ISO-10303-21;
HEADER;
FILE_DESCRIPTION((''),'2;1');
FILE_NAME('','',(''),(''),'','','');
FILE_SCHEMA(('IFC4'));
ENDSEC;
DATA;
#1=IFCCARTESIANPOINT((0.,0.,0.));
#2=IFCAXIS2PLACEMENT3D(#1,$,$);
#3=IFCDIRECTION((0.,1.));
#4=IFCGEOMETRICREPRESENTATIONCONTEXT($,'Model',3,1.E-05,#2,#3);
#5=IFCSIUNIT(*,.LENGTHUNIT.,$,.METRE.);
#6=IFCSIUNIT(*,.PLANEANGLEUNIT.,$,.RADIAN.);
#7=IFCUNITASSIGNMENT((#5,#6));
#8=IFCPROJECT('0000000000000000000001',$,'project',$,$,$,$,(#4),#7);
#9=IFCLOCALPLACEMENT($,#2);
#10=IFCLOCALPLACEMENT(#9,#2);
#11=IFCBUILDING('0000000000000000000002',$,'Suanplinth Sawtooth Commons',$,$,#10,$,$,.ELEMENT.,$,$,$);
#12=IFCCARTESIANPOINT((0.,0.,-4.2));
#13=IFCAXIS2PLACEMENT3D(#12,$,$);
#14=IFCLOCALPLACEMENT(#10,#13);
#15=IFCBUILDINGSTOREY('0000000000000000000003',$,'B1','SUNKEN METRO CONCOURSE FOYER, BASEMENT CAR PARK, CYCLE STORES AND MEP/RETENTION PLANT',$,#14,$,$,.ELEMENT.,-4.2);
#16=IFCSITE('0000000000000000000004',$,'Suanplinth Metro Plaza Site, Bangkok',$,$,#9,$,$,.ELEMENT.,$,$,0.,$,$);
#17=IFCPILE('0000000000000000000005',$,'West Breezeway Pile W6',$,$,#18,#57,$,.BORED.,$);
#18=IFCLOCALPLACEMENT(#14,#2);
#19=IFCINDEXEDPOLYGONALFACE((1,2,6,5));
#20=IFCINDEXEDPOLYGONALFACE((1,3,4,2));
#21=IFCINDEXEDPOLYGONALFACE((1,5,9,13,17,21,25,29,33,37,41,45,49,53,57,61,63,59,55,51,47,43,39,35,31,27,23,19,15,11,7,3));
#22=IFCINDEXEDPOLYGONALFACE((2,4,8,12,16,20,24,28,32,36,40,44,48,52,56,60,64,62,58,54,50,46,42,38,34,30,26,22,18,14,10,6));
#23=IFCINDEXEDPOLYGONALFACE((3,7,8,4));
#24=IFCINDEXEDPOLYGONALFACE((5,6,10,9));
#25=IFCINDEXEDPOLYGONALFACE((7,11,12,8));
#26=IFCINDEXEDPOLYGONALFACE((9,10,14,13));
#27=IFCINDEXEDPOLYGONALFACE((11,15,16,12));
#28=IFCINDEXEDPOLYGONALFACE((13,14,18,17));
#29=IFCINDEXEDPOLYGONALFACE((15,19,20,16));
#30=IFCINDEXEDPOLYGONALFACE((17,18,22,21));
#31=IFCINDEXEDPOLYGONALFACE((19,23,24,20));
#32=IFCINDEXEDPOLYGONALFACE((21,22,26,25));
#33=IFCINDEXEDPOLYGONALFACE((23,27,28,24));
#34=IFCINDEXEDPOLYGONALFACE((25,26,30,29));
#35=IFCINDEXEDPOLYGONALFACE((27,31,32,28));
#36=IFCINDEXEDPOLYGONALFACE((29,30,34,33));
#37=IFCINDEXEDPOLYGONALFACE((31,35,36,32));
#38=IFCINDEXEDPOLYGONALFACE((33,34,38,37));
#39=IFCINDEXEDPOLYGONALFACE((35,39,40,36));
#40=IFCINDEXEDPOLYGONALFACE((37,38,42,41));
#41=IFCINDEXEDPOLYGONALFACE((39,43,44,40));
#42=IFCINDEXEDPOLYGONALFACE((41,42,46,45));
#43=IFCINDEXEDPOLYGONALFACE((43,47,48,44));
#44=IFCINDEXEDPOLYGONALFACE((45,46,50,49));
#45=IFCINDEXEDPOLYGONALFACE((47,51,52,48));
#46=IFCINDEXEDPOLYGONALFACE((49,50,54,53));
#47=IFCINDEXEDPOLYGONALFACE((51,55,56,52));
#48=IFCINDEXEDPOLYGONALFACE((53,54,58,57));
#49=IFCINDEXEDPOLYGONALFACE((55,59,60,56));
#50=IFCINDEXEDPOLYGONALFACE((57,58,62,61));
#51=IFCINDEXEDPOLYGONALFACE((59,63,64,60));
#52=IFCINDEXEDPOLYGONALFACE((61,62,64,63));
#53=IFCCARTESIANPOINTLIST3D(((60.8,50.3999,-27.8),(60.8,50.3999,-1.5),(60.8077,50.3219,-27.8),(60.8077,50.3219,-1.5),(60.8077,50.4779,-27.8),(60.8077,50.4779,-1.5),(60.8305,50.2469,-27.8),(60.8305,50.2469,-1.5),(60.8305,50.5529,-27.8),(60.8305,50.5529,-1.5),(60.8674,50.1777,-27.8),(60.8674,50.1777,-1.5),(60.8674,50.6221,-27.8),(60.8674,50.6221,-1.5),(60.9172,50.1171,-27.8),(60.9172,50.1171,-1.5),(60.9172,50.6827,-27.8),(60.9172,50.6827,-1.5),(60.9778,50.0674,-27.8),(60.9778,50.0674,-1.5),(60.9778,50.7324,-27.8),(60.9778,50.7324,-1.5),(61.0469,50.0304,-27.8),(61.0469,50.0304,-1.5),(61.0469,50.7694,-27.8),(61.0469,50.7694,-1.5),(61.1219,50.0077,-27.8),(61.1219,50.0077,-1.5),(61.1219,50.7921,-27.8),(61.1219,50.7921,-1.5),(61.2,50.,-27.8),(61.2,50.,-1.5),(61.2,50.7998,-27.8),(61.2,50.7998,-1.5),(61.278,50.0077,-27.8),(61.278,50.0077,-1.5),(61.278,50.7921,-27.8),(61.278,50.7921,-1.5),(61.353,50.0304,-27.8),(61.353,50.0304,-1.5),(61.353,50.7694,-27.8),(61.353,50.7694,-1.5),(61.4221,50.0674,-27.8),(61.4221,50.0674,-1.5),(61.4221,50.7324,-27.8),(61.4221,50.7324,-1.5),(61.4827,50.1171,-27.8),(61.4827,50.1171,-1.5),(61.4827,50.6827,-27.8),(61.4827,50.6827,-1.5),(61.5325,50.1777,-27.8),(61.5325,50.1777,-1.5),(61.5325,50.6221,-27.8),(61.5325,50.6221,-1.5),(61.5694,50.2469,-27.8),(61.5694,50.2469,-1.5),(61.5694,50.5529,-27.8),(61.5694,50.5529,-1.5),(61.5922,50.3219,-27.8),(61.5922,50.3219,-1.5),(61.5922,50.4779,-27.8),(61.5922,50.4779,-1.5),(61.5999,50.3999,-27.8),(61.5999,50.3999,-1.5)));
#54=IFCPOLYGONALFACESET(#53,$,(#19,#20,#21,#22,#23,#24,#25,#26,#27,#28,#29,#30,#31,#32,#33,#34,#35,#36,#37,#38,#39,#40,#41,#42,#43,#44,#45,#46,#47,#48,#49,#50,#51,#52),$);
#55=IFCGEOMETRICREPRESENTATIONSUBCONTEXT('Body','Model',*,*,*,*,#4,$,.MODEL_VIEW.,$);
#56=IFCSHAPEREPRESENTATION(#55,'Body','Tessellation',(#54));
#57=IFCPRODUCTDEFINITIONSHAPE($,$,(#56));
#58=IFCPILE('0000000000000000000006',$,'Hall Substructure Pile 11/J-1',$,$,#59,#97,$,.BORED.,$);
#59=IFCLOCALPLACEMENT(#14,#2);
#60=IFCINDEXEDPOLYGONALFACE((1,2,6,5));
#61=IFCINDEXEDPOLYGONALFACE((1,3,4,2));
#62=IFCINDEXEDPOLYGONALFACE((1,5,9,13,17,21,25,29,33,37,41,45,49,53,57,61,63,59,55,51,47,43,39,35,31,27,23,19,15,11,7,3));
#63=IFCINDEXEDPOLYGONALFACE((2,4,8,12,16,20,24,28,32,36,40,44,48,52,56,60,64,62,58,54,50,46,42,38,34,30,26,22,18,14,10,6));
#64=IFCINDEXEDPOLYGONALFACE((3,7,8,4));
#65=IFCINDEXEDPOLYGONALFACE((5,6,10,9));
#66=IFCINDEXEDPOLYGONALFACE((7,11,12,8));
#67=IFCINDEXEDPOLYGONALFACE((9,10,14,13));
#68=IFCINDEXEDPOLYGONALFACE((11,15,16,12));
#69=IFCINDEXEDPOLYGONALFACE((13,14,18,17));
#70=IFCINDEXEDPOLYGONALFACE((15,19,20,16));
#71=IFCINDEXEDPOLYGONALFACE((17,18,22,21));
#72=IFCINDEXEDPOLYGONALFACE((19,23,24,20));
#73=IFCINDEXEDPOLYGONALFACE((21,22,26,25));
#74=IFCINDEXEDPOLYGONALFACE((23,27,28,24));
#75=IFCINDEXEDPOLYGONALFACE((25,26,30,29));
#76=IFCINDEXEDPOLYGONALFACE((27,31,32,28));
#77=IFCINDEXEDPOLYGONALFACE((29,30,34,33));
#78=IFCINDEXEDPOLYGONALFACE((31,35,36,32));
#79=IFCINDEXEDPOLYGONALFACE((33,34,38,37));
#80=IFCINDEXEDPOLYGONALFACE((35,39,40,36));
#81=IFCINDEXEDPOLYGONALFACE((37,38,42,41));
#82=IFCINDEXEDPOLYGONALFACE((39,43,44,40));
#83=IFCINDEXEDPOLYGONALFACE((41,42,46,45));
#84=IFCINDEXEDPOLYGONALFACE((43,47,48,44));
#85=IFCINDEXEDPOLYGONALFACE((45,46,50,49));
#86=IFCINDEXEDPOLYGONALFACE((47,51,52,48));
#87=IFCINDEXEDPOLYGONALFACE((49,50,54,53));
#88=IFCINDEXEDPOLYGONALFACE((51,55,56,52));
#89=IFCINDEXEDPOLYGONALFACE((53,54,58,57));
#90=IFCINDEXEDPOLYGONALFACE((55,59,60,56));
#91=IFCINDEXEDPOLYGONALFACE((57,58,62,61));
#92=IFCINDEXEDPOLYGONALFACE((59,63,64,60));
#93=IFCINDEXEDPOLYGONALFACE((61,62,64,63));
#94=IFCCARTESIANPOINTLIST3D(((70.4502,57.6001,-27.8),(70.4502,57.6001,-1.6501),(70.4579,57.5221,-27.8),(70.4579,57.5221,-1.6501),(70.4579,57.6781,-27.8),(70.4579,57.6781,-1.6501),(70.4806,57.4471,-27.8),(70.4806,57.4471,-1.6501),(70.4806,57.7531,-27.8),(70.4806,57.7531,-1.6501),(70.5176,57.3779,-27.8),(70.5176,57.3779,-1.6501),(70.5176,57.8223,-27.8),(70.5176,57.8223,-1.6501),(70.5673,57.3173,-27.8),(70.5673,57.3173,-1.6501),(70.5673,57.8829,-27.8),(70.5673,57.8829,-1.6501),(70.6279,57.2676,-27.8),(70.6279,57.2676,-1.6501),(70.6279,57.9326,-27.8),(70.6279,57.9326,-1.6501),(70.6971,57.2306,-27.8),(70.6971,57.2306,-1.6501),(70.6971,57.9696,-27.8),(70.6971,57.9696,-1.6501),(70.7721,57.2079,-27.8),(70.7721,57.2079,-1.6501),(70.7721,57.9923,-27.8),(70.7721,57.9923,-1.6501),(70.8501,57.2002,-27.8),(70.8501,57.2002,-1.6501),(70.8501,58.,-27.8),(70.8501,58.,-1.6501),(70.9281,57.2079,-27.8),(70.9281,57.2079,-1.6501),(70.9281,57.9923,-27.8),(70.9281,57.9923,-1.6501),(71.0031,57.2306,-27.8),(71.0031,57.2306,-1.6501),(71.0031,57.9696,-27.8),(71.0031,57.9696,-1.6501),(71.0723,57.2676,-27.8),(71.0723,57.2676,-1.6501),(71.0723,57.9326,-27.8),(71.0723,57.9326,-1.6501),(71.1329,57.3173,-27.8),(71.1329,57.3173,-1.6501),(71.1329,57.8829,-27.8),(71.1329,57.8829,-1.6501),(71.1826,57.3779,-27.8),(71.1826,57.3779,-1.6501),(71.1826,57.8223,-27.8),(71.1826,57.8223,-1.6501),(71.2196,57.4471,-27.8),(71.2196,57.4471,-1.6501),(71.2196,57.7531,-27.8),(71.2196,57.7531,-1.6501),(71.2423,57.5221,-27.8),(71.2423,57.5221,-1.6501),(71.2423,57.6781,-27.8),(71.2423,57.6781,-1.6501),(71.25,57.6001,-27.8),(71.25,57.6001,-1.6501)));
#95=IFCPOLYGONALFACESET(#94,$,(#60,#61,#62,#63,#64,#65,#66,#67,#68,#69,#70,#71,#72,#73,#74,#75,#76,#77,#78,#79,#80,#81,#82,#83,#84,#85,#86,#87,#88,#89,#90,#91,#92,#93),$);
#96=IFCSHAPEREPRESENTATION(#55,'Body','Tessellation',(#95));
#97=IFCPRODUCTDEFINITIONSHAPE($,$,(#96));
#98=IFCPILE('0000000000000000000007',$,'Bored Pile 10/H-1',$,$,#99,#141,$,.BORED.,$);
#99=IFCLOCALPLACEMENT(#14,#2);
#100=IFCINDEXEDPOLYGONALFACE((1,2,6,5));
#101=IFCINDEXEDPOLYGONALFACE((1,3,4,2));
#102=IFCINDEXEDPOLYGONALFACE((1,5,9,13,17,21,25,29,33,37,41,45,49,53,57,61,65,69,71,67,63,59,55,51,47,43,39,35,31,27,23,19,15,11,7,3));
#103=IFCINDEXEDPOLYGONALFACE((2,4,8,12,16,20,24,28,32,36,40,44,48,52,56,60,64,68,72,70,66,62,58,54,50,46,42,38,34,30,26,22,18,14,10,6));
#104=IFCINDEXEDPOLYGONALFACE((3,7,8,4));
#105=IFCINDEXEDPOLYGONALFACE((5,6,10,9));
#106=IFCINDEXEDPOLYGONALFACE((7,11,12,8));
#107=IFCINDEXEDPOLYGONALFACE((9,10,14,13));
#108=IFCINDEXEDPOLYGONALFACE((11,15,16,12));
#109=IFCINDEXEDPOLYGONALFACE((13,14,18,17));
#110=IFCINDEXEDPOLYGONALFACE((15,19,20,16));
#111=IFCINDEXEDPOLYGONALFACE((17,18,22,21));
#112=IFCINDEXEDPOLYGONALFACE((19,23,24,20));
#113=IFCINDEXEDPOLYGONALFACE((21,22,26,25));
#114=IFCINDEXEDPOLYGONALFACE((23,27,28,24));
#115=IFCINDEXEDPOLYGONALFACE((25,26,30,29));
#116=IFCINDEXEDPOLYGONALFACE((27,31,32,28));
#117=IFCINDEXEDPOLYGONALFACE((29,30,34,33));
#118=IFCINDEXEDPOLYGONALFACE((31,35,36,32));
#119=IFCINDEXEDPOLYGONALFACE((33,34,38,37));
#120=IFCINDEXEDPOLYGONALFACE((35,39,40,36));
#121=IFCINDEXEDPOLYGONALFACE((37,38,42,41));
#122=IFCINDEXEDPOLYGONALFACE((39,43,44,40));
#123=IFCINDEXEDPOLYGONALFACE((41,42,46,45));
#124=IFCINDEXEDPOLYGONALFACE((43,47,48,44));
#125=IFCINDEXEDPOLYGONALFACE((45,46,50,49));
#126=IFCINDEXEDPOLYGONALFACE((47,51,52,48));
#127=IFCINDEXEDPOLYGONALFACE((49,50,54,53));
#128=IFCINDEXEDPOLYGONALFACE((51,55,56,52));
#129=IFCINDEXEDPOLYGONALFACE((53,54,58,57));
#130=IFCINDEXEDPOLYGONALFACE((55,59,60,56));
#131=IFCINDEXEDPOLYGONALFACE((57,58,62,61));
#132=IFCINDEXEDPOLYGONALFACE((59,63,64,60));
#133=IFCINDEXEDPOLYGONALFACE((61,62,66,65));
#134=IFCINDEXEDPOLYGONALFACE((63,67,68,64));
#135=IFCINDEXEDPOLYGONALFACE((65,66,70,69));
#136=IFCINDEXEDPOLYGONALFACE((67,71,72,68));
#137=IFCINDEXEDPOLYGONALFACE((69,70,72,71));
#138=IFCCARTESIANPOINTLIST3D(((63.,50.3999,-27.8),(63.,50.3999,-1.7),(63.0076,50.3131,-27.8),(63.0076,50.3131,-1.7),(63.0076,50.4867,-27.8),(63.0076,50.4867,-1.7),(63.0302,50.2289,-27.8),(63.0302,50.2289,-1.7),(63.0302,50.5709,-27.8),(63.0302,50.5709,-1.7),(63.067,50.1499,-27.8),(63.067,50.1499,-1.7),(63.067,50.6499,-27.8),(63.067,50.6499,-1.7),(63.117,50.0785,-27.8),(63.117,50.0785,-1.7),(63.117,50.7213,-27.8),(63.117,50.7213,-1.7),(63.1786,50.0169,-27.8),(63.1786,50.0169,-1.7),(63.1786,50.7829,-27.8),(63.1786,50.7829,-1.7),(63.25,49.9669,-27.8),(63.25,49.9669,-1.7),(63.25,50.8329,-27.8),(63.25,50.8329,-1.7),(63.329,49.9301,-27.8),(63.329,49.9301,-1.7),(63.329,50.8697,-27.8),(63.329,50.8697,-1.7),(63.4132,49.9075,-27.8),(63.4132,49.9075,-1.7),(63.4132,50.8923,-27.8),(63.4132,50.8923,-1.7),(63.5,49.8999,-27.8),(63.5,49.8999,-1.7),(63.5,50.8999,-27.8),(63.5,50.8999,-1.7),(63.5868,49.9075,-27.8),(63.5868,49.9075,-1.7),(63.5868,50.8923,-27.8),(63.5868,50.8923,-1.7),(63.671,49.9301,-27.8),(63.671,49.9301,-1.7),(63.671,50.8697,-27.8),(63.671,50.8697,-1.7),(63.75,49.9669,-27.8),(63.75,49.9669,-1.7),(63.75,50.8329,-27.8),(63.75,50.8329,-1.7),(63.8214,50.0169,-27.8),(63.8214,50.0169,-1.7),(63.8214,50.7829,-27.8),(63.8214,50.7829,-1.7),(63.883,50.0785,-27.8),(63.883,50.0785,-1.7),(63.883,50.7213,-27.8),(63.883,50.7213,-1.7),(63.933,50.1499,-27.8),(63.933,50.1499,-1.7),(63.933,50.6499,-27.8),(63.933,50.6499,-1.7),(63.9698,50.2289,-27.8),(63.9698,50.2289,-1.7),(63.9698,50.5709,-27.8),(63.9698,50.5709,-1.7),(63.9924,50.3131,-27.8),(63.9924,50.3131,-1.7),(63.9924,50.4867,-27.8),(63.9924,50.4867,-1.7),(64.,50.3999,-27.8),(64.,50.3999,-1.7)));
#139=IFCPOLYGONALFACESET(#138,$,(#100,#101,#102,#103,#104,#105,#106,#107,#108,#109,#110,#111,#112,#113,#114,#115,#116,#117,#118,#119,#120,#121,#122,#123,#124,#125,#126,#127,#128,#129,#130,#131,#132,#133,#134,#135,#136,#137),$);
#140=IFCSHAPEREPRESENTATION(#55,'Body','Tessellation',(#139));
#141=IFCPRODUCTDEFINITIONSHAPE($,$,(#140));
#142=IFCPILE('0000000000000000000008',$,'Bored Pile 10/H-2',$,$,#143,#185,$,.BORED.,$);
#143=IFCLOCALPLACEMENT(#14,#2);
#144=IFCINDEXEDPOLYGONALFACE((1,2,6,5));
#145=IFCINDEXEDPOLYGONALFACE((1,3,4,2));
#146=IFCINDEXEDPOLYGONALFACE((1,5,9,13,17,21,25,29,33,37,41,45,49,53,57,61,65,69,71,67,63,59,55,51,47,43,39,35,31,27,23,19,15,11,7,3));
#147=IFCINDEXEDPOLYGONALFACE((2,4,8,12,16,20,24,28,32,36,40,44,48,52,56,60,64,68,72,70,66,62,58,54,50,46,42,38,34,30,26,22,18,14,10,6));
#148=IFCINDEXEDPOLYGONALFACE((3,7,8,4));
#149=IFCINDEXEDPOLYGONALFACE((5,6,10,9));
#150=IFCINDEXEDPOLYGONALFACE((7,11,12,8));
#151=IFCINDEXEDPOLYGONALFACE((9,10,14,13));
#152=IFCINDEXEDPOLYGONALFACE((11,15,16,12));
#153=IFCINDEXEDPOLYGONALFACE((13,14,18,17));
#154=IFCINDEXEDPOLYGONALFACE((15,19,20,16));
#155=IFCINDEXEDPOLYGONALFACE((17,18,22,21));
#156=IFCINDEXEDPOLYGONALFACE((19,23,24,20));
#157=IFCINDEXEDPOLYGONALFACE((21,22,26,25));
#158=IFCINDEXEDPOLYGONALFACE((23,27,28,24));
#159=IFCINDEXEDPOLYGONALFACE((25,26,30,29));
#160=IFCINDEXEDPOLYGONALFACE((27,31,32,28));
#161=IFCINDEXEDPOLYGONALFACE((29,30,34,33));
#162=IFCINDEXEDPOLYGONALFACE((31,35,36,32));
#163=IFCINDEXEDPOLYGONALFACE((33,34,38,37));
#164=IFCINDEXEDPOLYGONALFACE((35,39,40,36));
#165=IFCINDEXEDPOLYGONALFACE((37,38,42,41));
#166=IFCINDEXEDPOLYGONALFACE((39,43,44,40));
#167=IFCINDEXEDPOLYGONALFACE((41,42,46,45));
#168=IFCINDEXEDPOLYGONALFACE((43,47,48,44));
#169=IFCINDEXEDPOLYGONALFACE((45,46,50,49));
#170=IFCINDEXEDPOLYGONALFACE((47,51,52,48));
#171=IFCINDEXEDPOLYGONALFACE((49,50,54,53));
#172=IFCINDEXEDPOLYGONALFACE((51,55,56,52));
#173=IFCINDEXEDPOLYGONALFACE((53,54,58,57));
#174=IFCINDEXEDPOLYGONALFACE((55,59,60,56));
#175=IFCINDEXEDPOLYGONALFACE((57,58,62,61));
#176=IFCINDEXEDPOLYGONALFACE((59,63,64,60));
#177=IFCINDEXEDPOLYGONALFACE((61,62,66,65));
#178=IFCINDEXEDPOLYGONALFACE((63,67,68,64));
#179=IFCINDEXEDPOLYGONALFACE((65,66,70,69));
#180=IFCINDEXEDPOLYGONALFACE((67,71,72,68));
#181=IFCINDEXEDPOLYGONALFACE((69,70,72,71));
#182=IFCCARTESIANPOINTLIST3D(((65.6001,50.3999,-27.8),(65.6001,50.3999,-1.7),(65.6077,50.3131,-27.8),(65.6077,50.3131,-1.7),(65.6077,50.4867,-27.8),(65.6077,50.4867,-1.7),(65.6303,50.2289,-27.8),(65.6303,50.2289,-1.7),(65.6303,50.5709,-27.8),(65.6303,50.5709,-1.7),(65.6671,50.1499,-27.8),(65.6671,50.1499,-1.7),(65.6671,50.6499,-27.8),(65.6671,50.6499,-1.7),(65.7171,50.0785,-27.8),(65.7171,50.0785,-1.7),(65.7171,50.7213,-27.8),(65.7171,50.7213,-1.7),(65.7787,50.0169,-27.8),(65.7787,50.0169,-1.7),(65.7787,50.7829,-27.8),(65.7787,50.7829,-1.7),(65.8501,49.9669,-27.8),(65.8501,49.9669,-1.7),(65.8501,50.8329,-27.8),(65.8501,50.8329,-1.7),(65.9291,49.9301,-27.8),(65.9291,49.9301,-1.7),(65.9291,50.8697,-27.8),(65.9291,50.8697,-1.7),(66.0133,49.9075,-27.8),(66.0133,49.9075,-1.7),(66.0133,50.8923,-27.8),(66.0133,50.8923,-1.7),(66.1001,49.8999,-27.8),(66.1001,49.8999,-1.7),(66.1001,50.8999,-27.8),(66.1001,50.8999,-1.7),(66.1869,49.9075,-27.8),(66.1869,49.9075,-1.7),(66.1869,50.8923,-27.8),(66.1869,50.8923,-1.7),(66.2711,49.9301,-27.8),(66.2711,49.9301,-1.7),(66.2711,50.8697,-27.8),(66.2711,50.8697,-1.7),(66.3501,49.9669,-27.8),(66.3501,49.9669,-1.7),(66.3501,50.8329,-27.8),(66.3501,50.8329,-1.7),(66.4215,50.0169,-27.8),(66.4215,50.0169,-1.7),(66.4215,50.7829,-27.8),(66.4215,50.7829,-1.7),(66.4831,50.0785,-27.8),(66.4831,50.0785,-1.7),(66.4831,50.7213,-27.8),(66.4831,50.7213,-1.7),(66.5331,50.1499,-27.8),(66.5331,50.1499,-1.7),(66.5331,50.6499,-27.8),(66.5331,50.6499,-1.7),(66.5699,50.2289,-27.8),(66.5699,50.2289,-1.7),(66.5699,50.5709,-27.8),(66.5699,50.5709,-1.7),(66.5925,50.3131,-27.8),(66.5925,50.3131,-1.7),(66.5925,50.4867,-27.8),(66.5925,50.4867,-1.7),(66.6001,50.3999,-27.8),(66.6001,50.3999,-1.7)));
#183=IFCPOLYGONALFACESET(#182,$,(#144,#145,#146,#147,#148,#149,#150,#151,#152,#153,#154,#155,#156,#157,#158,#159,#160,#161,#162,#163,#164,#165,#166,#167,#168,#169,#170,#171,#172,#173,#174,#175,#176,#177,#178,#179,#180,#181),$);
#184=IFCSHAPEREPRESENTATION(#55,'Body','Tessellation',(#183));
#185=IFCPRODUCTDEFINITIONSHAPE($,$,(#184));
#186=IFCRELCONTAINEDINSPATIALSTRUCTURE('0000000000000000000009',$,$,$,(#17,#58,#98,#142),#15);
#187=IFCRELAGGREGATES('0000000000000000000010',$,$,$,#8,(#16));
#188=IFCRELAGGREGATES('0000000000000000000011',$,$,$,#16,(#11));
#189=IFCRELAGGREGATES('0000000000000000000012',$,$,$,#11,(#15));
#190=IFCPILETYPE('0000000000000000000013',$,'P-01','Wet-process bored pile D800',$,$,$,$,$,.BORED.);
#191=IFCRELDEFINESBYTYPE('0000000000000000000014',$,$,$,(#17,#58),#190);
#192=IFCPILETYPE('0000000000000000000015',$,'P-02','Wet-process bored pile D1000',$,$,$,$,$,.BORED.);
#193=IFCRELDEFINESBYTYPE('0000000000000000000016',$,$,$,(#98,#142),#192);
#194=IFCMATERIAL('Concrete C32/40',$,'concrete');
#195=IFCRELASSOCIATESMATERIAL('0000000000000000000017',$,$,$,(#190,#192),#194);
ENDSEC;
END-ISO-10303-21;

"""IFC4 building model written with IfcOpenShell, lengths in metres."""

from ifc_helpers import new_model, si_unit, direction, frame, origin, origin_2d, place, context, subcontext, project, spatial, circle, extrude, material, material_profile, profile_set, type_object, element, save


model = new_model("IFC4")

# Units and contexts
model_context = context("Model", 3, precision=1e-05, world=origin(), true_north=direction((0.0, 1.0)))
body_context = subcontext(model_context, "Body", "Model", "MODEL_VIEW")
ifc_project = project(units=[si_unit("LENGTHUNIT", "METRE"), si_unit("PLANEANGLEUNIT", "RADIAN")], contexts=[model_context])

# Site, building, storey
site_placement = place(None, origin())
site = spatial("IfcSite", under=ifc_project, at=site_placement, Name="Suanplinth Metro Plaza Site, Bangkok", CompositionType="ELEMENT", RefElevation=0.0)
building_placement = place(site_placement, origin())
building = spatial("IfcBuilding", under=site, at=building_placement, Name="Suanplinth Sawtooth Commons", CompositionType="ELEMENT")
storey_placement = place(building_placement, frame((0.0, 0.0, -4.2)))
storey = spatial("IfcBuildingStorey", under=building, at=storey_placement, Name="B1", Description="SUNKEN METRO CONCOURSE FOYER, BASEMENT CAR PARK, CYCLE STORES AND MEP/RETENTION PLANT", CompositionType="ELEMENT", Elevation=-4.2)

# Piles
ifc_material_1 = material(Name="Concrete C32/40", Category="concrete")
ifc_material_profile_1 = material_profile(ifc_material_1, circle(Radius=0.3999, at=origin_2d()), Name="PILE D800")
ifc_profile_set_1 = profile_set([ifc_material_profile_1], Name="Concrete C32/40")
pile_type_1 = type_object("IfcPileType", Name="P-01", Description="Wet-process bored pile D800", PredefinedType="BORED", material=ifc_profile_set_1)
for number, where, z_axis, x_axis, name in (
    (1, (61.2, 50.3999, -1.5), (0.0, 0.0, -1.0), (1.0, 0.0, 0.0), "West Breezeway Pile W6"),
):
    element("IfcPile", number, at=place(storey_placement, frame(where, z_axis=z_axis, x_axis=x_axis)), inside=storey, type_object=pile_type_1, Name=name, PredefinedType="BORED", context=body_context, shape_type="SweptSolid", body=[
        extrude(circle(Radius=0.3999, at=origin_2d()), origin(), (0.0, 0.0, 1.0), 26.3),
    ])
pile_placement = place(storey_placement, frame((70.8501, 57.6001, -1.6501), z_axis=(0.0, 0.0, -1.0), x_axis=(1.0, 0.0, 0.0)))
element("IfcPile", 2, at=pile_placement, inside=storey, type_object=pile_type_1, Name="Hall Substructure Pile 11/J-1", PredefinedType="BORED", context=body_context, shape_type="SweptSolid", body=[
    extrude(circle(Radius=0.3999, at=origin_2d()), origin(), (0.0, 0.0, 1.0), 26.1499),
])
ifc_material_profile_2 = material_profile(ifc_material_1, circle(Radius=0.5, at=origin_2d()), Name="PILE D1000")
ifc_profile_set_2 = profile_set([ifc_material_profile_2], Name="Concrete C32/40")
pile_type_2 = type_object("IfcPileType", Name="P-02", Description="Wet-process bored pile D1000", PredefinedType="BORED", material=ifc_profile_set_2)
for number, where, z_axis, x_axis, name in (
    (3, (63.5, 50.3999, -1.7), (0.0, 0.0, -1.0), (1.0, 0.0, 0.0), "Bored Pile 10/H-1"),
    (4, (66.1001, 50.3999, -1.7), (0.0, 0.0, -1.0), (1.0, 0.0, 0.0), "Bored Pile 10/H-2"),
):
    element("IfcPile", number, at=place(storey_placement, frame(where, z_axis=z_axis, x_axis=x_axis)), inside=storey, type_object=pile_type_2, Name=name, PredefinedType="BORED", context=body_context, shape_type="SweptSolid", body=[
        extrude(circle(Radius=0.5, at=origin_2d()), origin(), (0.0, 0.0, 1.0), 26.1001),
    ])

save(model, "model.ifc")
